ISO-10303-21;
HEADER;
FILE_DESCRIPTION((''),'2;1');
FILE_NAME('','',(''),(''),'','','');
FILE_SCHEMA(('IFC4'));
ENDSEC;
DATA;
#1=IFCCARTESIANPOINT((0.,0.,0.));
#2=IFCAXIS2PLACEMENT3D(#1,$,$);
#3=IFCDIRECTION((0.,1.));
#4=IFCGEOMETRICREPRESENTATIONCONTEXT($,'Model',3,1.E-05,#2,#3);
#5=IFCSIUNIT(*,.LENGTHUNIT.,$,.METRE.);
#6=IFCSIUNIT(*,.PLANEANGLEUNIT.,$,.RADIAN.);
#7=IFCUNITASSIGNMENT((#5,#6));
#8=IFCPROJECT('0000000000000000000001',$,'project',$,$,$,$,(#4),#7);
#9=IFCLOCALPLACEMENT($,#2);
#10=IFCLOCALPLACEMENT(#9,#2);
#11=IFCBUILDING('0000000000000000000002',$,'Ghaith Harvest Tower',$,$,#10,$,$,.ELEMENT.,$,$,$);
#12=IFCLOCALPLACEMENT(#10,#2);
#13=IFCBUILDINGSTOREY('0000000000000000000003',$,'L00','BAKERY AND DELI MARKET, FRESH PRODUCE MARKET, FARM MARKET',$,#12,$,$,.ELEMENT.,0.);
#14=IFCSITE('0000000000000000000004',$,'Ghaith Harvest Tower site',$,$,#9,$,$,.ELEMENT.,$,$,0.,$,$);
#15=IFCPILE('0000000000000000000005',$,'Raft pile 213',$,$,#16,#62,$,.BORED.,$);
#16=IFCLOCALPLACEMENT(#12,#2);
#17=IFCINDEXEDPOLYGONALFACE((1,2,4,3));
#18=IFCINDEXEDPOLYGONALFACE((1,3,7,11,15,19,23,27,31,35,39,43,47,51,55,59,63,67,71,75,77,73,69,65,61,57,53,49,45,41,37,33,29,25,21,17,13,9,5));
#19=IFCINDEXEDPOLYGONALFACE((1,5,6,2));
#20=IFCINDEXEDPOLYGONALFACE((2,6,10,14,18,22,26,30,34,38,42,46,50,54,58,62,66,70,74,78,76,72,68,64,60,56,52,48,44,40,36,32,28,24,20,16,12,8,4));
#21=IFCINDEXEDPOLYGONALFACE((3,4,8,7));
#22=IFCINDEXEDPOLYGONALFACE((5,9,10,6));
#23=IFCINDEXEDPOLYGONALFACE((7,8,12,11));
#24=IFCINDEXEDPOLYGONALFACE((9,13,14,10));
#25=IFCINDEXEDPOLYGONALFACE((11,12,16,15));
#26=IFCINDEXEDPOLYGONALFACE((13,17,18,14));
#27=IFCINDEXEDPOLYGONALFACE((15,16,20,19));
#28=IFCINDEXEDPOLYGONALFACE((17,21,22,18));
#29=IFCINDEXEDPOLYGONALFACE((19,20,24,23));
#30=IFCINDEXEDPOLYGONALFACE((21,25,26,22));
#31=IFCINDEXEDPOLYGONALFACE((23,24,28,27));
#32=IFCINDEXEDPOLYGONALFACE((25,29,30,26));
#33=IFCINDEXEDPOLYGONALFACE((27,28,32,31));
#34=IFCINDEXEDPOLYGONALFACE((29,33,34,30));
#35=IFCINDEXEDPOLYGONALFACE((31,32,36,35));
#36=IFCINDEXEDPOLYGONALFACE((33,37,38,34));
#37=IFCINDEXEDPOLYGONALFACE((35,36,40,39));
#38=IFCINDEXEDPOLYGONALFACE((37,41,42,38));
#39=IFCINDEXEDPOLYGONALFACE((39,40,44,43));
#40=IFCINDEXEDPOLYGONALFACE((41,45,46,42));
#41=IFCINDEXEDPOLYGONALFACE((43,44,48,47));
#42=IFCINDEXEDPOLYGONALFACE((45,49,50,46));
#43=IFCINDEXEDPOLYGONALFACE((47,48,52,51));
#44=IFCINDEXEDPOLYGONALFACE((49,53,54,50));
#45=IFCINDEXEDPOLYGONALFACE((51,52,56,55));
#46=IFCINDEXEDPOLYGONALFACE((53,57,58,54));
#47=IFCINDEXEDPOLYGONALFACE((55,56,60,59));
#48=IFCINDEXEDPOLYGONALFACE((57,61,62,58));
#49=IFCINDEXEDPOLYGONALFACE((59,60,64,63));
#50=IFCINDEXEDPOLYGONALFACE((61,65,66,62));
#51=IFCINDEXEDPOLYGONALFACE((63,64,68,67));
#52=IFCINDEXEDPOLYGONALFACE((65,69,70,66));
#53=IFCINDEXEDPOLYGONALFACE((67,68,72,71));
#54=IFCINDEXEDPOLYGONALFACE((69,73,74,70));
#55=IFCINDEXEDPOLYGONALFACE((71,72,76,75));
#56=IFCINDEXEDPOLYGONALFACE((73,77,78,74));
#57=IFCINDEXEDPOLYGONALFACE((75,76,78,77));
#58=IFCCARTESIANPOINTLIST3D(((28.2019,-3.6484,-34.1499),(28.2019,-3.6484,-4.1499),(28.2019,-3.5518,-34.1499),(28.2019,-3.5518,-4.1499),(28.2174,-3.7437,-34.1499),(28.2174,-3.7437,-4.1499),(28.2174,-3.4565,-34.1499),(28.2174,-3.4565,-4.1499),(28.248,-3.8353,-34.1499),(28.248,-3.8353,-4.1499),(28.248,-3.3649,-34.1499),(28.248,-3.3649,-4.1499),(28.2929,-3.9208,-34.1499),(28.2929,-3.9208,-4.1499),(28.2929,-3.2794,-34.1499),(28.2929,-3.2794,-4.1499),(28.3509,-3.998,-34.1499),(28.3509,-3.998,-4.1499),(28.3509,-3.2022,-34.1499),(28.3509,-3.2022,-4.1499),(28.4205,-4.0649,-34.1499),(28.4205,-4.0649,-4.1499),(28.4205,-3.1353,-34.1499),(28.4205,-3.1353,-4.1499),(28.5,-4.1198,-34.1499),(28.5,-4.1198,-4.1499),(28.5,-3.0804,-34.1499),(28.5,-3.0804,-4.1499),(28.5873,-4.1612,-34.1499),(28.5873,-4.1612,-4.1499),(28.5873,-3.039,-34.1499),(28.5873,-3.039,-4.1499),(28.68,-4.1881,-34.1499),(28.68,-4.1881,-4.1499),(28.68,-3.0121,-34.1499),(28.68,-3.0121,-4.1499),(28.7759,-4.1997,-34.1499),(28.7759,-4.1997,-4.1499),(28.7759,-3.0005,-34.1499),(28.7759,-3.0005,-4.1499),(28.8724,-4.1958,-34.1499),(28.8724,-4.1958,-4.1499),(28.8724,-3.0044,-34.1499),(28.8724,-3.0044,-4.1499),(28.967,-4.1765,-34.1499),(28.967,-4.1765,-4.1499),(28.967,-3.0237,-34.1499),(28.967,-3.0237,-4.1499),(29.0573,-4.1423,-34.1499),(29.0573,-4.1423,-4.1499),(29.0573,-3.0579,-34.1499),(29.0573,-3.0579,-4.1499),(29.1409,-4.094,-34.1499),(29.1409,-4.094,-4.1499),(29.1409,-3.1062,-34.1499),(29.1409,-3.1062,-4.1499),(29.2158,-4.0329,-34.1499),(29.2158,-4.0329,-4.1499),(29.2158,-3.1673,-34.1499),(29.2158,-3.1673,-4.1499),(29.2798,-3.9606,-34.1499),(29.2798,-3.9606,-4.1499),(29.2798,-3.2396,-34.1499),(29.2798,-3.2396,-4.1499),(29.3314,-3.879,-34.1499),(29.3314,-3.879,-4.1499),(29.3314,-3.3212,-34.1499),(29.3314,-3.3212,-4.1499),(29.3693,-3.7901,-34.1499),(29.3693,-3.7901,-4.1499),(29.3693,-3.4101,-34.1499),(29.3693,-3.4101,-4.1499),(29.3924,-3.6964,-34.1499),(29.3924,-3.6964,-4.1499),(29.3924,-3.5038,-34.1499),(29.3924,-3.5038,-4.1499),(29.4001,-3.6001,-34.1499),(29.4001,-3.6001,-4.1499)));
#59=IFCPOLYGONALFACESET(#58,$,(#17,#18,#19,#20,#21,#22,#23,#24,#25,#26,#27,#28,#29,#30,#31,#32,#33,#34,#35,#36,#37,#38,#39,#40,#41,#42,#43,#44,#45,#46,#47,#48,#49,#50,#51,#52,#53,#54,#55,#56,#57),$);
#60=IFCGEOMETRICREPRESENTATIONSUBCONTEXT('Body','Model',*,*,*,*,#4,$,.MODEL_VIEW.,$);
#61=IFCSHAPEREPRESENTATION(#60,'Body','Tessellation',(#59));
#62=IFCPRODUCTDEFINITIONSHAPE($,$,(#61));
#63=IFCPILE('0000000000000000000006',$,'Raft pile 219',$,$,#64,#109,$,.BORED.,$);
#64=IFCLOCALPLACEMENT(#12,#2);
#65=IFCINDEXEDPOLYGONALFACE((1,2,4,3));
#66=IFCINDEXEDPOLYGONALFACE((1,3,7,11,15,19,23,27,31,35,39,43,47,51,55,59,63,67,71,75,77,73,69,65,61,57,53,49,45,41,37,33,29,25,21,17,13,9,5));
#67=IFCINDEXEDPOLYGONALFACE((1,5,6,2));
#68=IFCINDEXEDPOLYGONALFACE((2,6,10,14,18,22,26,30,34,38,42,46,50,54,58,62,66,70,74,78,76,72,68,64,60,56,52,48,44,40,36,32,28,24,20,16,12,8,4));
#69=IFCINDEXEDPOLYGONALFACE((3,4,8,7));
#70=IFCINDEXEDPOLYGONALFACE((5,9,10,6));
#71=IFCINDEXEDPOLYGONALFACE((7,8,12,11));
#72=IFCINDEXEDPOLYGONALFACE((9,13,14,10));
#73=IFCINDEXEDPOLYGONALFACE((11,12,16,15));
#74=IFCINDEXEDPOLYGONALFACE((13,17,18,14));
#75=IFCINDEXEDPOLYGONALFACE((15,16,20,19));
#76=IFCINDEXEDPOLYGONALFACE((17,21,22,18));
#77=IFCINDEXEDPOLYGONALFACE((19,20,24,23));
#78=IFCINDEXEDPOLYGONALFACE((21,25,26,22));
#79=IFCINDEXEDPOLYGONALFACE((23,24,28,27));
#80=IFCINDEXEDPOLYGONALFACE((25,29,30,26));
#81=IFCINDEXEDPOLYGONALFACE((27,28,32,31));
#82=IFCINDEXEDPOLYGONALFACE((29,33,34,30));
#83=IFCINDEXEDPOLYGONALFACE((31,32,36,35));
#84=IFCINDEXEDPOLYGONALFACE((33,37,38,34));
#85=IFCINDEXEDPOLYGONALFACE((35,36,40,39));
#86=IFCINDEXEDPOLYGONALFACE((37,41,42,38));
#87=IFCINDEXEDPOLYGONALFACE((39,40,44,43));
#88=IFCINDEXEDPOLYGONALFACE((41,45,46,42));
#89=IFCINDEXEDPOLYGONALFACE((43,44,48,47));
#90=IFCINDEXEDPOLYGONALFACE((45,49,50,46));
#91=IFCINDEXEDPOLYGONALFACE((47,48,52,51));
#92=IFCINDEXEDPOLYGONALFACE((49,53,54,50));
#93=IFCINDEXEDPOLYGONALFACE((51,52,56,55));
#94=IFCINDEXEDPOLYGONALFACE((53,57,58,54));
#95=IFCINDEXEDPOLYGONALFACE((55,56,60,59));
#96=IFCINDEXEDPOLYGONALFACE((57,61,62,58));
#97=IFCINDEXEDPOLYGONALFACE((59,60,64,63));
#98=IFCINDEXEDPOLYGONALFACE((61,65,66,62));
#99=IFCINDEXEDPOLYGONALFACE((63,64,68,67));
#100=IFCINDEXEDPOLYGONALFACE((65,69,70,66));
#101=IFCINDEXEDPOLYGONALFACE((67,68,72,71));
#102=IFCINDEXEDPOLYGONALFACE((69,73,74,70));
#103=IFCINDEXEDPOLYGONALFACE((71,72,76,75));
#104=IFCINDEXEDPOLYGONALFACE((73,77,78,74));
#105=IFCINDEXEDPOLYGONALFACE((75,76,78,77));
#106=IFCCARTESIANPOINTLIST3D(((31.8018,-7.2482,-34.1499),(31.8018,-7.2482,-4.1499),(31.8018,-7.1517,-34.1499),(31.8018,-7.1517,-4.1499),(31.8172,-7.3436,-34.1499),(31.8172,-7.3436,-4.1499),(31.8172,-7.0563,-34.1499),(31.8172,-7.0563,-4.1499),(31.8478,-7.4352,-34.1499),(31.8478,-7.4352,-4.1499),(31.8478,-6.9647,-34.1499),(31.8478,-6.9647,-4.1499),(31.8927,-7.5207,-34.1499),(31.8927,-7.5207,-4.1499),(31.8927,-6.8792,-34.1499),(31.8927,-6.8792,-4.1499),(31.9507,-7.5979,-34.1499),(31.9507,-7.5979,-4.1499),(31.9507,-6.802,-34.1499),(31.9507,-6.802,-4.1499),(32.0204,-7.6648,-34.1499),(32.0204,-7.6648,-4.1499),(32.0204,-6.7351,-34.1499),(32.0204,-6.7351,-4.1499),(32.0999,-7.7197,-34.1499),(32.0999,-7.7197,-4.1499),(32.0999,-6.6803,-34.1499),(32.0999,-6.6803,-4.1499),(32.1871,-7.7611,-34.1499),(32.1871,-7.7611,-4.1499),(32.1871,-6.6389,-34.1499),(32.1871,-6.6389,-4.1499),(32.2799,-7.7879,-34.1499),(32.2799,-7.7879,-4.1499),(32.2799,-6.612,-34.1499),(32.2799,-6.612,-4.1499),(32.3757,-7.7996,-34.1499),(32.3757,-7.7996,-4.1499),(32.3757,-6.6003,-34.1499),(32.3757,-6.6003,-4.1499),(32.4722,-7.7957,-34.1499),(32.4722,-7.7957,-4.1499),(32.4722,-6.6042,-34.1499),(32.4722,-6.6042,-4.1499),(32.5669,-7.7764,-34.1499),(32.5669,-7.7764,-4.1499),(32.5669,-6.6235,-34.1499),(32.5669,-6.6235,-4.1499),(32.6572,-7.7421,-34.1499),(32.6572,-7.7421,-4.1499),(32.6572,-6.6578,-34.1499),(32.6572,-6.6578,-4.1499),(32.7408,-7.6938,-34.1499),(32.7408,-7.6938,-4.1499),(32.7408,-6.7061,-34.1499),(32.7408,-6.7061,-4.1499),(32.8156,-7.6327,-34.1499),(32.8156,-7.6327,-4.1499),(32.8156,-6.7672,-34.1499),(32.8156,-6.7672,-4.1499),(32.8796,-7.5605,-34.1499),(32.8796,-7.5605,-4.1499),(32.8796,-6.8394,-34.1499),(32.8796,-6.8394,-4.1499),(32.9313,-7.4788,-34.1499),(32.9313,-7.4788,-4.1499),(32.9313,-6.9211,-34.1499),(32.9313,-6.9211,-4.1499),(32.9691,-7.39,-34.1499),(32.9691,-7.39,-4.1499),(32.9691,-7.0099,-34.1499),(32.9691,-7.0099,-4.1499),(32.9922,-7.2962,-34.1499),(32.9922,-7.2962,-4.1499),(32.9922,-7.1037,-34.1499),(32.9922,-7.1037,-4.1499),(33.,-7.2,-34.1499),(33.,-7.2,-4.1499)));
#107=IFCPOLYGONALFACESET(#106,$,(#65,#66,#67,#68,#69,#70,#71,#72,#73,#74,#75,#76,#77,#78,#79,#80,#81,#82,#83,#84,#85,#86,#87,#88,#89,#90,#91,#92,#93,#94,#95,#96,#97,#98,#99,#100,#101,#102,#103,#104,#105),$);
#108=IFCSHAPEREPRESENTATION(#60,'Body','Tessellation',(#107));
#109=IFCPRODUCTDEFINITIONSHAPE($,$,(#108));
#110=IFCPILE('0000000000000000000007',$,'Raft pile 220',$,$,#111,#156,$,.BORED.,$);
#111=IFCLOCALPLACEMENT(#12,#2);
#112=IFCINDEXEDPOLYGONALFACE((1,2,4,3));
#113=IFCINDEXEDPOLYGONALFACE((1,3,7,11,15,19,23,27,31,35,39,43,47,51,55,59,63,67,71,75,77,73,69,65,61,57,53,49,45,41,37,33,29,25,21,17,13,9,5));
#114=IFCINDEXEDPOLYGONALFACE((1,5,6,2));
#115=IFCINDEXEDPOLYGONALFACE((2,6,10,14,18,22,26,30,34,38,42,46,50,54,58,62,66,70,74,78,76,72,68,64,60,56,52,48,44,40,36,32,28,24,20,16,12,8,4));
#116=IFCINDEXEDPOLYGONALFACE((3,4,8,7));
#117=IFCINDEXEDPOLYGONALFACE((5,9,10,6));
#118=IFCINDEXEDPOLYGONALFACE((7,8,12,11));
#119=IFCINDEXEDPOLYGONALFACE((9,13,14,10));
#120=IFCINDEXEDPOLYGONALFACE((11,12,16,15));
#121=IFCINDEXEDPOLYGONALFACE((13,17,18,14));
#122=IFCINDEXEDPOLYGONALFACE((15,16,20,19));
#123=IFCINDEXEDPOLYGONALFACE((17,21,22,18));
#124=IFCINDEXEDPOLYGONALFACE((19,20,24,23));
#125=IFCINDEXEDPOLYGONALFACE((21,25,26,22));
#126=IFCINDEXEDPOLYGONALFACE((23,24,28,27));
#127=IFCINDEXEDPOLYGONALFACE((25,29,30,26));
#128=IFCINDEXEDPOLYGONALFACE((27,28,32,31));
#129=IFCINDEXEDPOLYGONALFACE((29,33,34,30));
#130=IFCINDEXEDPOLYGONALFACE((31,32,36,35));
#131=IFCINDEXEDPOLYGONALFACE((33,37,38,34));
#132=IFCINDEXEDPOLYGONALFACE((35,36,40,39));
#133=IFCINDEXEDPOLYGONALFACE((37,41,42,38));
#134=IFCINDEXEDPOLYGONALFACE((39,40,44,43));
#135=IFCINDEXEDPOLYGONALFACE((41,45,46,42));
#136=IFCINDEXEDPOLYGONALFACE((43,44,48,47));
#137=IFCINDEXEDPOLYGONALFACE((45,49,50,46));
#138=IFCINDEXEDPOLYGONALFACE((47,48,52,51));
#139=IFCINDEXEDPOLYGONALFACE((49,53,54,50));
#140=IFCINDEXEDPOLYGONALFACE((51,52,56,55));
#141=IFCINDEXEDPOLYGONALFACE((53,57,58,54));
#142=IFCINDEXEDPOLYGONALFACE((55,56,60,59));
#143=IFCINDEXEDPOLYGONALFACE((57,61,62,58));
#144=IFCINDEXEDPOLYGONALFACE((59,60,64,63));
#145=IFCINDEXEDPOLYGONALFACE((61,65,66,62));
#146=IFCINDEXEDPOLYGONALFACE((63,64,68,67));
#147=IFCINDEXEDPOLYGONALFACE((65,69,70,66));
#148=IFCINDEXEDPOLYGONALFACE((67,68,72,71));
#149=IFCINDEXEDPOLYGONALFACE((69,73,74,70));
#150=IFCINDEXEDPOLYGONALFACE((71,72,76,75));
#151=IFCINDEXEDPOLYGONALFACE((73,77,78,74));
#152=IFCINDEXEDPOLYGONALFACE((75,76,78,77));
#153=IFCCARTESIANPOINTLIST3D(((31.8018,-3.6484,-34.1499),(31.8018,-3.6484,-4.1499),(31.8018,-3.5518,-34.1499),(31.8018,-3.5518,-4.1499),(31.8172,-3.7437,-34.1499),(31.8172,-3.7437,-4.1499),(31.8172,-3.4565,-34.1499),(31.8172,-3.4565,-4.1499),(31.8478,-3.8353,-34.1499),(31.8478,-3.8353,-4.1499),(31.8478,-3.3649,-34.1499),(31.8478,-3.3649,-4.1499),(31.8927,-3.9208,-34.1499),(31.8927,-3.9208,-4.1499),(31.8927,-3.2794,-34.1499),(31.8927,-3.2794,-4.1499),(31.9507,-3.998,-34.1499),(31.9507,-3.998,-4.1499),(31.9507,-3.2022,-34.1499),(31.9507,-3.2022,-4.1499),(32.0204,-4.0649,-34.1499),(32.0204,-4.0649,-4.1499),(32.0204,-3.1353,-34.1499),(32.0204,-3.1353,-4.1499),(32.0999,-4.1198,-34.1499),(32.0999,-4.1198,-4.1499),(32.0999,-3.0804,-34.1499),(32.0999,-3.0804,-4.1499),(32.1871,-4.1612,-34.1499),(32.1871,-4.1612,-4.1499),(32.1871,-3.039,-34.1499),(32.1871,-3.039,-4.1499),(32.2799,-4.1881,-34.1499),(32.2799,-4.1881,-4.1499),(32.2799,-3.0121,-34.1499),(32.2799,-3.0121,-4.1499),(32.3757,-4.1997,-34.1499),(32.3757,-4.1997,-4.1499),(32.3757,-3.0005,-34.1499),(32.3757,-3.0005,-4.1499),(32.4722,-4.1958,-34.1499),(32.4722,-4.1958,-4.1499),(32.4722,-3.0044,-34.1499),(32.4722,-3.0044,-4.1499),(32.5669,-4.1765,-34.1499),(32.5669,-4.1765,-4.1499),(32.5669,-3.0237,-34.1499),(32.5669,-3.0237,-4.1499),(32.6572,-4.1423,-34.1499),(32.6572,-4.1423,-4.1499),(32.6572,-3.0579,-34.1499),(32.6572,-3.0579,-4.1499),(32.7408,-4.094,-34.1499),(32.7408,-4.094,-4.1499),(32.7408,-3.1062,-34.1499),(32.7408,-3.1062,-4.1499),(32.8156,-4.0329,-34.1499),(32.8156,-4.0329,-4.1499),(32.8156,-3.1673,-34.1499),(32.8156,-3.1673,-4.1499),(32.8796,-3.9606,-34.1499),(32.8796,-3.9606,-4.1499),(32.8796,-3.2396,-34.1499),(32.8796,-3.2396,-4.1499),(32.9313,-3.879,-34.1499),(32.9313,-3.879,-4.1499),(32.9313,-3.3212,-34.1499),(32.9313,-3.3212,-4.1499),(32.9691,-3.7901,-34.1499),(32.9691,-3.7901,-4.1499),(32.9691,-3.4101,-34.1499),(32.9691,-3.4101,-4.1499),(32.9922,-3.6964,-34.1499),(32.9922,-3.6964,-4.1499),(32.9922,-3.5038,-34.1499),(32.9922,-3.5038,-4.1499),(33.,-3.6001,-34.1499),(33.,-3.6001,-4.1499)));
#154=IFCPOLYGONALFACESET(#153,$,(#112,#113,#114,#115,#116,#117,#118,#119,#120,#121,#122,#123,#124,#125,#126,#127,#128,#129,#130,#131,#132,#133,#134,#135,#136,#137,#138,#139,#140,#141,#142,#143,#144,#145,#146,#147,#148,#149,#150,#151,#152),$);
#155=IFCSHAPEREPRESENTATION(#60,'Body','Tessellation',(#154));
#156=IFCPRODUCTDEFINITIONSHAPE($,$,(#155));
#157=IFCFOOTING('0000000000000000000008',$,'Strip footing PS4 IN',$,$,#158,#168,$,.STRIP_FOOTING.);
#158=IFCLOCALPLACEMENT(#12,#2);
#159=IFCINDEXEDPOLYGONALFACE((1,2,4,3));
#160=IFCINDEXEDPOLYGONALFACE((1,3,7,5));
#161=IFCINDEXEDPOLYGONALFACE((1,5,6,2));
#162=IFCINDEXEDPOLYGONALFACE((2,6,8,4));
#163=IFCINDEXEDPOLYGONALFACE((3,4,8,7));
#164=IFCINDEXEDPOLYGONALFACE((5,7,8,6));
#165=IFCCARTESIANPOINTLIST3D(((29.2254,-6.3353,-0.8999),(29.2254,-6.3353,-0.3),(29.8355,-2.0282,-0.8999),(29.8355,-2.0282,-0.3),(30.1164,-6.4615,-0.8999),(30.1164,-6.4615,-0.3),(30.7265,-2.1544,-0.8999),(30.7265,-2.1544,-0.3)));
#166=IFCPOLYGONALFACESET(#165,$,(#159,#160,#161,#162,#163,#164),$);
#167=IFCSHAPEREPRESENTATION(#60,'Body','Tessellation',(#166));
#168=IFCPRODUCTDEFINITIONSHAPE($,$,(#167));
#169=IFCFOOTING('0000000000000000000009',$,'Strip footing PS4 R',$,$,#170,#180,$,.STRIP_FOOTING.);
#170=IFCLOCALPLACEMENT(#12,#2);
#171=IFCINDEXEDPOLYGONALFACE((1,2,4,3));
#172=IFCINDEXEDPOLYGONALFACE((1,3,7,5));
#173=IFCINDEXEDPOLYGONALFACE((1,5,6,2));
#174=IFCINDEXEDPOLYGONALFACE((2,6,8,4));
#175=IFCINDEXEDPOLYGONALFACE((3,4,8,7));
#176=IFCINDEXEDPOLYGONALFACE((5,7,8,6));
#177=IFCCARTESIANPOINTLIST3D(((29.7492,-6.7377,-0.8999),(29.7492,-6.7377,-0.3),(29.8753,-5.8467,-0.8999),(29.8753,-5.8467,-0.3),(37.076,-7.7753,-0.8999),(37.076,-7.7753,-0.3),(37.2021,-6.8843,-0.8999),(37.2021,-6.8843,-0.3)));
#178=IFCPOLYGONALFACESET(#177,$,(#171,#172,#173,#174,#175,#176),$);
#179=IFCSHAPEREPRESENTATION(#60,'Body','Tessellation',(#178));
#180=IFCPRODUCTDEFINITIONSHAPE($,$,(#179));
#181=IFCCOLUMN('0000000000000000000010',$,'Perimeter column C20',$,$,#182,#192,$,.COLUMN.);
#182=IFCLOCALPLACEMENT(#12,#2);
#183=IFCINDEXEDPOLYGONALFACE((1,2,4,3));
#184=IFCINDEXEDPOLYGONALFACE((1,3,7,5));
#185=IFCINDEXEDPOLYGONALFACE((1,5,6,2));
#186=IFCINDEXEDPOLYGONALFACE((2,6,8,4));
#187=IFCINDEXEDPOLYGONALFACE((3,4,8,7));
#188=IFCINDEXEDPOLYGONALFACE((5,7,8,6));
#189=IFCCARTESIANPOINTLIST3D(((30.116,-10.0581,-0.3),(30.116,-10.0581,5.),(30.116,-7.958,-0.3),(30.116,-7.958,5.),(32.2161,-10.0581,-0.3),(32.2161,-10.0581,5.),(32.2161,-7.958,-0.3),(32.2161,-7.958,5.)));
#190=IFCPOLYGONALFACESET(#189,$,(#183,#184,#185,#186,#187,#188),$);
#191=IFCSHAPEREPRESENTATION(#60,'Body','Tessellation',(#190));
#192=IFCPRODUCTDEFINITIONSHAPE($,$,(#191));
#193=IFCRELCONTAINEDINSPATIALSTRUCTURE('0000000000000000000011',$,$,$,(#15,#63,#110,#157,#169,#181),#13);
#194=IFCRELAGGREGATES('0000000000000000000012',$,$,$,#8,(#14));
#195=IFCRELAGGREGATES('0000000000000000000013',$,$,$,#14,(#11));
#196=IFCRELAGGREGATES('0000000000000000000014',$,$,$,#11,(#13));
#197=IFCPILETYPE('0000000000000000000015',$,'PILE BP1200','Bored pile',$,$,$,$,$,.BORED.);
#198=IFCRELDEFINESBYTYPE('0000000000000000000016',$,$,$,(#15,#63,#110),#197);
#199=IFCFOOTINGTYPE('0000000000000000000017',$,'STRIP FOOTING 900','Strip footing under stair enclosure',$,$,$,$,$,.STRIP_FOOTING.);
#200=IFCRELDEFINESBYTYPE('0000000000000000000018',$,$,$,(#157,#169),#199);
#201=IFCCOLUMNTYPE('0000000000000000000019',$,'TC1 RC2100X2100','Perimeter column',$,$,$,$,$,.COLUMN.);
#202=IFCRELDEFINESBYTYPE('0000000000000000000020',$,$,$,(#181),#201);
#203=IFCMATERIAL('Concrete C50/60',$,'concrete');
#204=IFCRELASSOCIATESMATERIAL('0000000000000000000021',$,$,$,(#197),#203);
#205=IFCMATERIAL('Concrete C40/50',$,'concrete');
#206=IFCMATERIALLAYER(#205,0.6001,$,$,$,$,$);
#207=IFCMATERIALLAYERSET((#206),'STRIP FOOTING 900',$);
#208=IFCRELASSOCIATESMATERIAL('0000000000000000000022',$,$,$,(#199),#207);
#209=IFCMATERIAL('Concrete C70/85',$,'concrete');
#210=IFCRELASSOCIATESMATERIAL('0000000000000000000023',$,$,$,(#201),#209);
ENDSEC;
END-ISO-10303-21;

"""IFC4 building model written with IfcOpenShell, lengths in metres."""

from ifc_helpers import new_model, si_unit, direction, frame, frame_2d, origin, origin_2d, place, context, subcontext, project, spatial, rectangle, circle, extrude, material, layer, layer_set, material_profile, profile_set, type_object, element, save


model = new_model("IFC4")

# Units and contexts
model_context = context("Model", 3, precision=1e-05, world=origin(), true_north=direction((0.0, 1.0)))
body_context = subcontext(model_context, "Body", "Model", "MODEL_VIEW")
ifc_project = project(units=[si_unit("LENGTHUNIT", "METRE"), si_unit("PLANEANGLEUNIT", "RADIAN")], contexts=[model_context])

# Site, building, storey
site_placement = place(None, origin())
site = spatial("IfcSite", under=ifc_project, at=site_placement, Name="Ghaith Harvest Tower site", CompositionType="ELEMENT", RefElevation=0.0)
building_placement = place(site_placement, origin())
building = spatial("IfcBuilding", under=site, at=building_placement, Name="Ghaith Harvest Tower", CompositionType="ELEMENT")
storey_placement = place(building_placement, origin())
storey = spatial("IfcBuildingStorey", under=building, at=storey_placement, Name="L00", Description="BAKERY AND DELI MARKET, FRESH PRODUCE MARKET, FARM MARKET", CompositionType="ELEMENT", Elevation=0.0)

# Piles
ifc_material_1 = material(Name="Concrete C50/60", Category="concrete")
ifc_material_profile_1 = material_profile(ifc_material_1, circle(Radius=0.6001, at=origin_2d()), Name="PILE1200")
ifc_profile_set_1 = profile_set([ifc_material_profile_1], Name="Concrete C50/60")
pile_type = type_object("IfcPileType", Name="PILE BP1200", Description="Bored pile", PredefinedType="BORED", material=ifc_profile_set_1)
for number, where, z_axis, x_axis, name in (
    (1, (28.8, -3.6001, -4.1499), (0.0, 0.0, -1.0), (1.0, 0.0, 0.0), "Raft pile 213"),
    (2, (32.3999, -7.2, -4.1499), (0.0, 0.0, -1.0), (1.0, 0.0, 0.0), "Raft pile 219"),
    (3, (32.3999, -3.6001, -4.1499), (0.0, 0.0, -1.0), (1.0, 0.0, 0.0), "Raft pile 220"),
):
    element("IfcPile", number, at=place(storey_placement, frame(where, z_axis=z_axis, x_axis=x_axis)), inside=storey, type_object=pile_type, Name=name, PredefinedType="BORED", context=body_context, shape_type="SweptSolid", body=[
        extrude(circle(Radius=0.6001, at=origin_2d()), origin(), (0.0, 0.0, 1.0), 30.0),
    ])

# Footings
ifc_material_2 = material(Name="Concrete C40/50", Category="concrete")
ifc_layer_1 = layer(ifc_material_2, 0.6001)
ifc_layer_set_1 = layer_set([ifc_layer_1], Name="STRIP FOOTING 900")
footing_type = type_object("IfcFootingType", Name="STRIP FOOTING 900", Description="Strip footing under stair enclosure", PredefinedType="STRIP_FOOTING", material=ifc_layer_set_1)
footing_1_placement = place(storey_placement, frame((29.6709, -6.3984, -0.8999), z_axis=(0.0, 0.0, 1.0), x_axis=(0.140251, 0.990116, 0.0)))
element("IfcFooting", 4, at=footing_1_placement, inside=storey, type_object=footing_type, Name="Strip footing PS4 IN", PredefinedType="STRIP_FOOTING", context=body_context, shape_type="SweptSolid", body=[
    extrude(rectangle(XDim=4.3501, YDim=0.8999, at=frame_2d((2.175, 0.0))), origin(), (0.0, 0.0, 1.0), 0.5999),
])
footing_2_placement = place(storey_placement, frame((29.8123, -6.2922, -0.8999), z_axis=(0.0, 0.0, 1.0), x_axis=(0.990121, -0.140216, 0.0)))
element("IfcFooting", 5, at=footing_2_placement, inside=storey, type_object=footing_type, Name="Strip footing PS4 R", PredefinedType="STRIP_FOOTING", context=body_context, shape_type="SweptSolid", body=[
    extrude(rectangle(XDim=7.3999, YDim=0.8999, at=frame_2d((3.7, 0.0))), origin(), (0.0, 0.0, 1.0), 0.5999),
])

# Column
ifc_material_3 = material(Name="Concrete C70/85", Category="concrete")
ifc_material_profile_2 = material_profile(ifc_material_3, rectangle(XDim=2.1001, YDim=2.1001, at=origin_2d()), Name="RC2100X2100")
ifc_profile_set_2 = profile_set([ifc_material_profile_2], Name="Concrete C70/85")
column_type = type_object("IfcColumnType", Name="TC1 RC2100X2100", Description="Perimeter column", PredefinedType="COLUMN", material=ifc_profile_set_2)
column_placement = place(storey_placement, frame((31.166, -9.0081, -0.3), z_axis=(0.0, 0.0, 1.0), x_axis=(1.0, 0.0, 0.0)))
element("IfcColumn", 6, at=column_placement, inside=storey, type_object=column_type, Name="Perimeter column C20", PredefinedType="COLUMN", context=body_context, shape_type="SweptSolid", body=[
    extrude(rectangle(XDim=2.1001, YDim=2.1001, at=origin_2d()), origin(), (0.0, 0.0, 1.0), 5.3),
])

save(model, "model.ifc")
